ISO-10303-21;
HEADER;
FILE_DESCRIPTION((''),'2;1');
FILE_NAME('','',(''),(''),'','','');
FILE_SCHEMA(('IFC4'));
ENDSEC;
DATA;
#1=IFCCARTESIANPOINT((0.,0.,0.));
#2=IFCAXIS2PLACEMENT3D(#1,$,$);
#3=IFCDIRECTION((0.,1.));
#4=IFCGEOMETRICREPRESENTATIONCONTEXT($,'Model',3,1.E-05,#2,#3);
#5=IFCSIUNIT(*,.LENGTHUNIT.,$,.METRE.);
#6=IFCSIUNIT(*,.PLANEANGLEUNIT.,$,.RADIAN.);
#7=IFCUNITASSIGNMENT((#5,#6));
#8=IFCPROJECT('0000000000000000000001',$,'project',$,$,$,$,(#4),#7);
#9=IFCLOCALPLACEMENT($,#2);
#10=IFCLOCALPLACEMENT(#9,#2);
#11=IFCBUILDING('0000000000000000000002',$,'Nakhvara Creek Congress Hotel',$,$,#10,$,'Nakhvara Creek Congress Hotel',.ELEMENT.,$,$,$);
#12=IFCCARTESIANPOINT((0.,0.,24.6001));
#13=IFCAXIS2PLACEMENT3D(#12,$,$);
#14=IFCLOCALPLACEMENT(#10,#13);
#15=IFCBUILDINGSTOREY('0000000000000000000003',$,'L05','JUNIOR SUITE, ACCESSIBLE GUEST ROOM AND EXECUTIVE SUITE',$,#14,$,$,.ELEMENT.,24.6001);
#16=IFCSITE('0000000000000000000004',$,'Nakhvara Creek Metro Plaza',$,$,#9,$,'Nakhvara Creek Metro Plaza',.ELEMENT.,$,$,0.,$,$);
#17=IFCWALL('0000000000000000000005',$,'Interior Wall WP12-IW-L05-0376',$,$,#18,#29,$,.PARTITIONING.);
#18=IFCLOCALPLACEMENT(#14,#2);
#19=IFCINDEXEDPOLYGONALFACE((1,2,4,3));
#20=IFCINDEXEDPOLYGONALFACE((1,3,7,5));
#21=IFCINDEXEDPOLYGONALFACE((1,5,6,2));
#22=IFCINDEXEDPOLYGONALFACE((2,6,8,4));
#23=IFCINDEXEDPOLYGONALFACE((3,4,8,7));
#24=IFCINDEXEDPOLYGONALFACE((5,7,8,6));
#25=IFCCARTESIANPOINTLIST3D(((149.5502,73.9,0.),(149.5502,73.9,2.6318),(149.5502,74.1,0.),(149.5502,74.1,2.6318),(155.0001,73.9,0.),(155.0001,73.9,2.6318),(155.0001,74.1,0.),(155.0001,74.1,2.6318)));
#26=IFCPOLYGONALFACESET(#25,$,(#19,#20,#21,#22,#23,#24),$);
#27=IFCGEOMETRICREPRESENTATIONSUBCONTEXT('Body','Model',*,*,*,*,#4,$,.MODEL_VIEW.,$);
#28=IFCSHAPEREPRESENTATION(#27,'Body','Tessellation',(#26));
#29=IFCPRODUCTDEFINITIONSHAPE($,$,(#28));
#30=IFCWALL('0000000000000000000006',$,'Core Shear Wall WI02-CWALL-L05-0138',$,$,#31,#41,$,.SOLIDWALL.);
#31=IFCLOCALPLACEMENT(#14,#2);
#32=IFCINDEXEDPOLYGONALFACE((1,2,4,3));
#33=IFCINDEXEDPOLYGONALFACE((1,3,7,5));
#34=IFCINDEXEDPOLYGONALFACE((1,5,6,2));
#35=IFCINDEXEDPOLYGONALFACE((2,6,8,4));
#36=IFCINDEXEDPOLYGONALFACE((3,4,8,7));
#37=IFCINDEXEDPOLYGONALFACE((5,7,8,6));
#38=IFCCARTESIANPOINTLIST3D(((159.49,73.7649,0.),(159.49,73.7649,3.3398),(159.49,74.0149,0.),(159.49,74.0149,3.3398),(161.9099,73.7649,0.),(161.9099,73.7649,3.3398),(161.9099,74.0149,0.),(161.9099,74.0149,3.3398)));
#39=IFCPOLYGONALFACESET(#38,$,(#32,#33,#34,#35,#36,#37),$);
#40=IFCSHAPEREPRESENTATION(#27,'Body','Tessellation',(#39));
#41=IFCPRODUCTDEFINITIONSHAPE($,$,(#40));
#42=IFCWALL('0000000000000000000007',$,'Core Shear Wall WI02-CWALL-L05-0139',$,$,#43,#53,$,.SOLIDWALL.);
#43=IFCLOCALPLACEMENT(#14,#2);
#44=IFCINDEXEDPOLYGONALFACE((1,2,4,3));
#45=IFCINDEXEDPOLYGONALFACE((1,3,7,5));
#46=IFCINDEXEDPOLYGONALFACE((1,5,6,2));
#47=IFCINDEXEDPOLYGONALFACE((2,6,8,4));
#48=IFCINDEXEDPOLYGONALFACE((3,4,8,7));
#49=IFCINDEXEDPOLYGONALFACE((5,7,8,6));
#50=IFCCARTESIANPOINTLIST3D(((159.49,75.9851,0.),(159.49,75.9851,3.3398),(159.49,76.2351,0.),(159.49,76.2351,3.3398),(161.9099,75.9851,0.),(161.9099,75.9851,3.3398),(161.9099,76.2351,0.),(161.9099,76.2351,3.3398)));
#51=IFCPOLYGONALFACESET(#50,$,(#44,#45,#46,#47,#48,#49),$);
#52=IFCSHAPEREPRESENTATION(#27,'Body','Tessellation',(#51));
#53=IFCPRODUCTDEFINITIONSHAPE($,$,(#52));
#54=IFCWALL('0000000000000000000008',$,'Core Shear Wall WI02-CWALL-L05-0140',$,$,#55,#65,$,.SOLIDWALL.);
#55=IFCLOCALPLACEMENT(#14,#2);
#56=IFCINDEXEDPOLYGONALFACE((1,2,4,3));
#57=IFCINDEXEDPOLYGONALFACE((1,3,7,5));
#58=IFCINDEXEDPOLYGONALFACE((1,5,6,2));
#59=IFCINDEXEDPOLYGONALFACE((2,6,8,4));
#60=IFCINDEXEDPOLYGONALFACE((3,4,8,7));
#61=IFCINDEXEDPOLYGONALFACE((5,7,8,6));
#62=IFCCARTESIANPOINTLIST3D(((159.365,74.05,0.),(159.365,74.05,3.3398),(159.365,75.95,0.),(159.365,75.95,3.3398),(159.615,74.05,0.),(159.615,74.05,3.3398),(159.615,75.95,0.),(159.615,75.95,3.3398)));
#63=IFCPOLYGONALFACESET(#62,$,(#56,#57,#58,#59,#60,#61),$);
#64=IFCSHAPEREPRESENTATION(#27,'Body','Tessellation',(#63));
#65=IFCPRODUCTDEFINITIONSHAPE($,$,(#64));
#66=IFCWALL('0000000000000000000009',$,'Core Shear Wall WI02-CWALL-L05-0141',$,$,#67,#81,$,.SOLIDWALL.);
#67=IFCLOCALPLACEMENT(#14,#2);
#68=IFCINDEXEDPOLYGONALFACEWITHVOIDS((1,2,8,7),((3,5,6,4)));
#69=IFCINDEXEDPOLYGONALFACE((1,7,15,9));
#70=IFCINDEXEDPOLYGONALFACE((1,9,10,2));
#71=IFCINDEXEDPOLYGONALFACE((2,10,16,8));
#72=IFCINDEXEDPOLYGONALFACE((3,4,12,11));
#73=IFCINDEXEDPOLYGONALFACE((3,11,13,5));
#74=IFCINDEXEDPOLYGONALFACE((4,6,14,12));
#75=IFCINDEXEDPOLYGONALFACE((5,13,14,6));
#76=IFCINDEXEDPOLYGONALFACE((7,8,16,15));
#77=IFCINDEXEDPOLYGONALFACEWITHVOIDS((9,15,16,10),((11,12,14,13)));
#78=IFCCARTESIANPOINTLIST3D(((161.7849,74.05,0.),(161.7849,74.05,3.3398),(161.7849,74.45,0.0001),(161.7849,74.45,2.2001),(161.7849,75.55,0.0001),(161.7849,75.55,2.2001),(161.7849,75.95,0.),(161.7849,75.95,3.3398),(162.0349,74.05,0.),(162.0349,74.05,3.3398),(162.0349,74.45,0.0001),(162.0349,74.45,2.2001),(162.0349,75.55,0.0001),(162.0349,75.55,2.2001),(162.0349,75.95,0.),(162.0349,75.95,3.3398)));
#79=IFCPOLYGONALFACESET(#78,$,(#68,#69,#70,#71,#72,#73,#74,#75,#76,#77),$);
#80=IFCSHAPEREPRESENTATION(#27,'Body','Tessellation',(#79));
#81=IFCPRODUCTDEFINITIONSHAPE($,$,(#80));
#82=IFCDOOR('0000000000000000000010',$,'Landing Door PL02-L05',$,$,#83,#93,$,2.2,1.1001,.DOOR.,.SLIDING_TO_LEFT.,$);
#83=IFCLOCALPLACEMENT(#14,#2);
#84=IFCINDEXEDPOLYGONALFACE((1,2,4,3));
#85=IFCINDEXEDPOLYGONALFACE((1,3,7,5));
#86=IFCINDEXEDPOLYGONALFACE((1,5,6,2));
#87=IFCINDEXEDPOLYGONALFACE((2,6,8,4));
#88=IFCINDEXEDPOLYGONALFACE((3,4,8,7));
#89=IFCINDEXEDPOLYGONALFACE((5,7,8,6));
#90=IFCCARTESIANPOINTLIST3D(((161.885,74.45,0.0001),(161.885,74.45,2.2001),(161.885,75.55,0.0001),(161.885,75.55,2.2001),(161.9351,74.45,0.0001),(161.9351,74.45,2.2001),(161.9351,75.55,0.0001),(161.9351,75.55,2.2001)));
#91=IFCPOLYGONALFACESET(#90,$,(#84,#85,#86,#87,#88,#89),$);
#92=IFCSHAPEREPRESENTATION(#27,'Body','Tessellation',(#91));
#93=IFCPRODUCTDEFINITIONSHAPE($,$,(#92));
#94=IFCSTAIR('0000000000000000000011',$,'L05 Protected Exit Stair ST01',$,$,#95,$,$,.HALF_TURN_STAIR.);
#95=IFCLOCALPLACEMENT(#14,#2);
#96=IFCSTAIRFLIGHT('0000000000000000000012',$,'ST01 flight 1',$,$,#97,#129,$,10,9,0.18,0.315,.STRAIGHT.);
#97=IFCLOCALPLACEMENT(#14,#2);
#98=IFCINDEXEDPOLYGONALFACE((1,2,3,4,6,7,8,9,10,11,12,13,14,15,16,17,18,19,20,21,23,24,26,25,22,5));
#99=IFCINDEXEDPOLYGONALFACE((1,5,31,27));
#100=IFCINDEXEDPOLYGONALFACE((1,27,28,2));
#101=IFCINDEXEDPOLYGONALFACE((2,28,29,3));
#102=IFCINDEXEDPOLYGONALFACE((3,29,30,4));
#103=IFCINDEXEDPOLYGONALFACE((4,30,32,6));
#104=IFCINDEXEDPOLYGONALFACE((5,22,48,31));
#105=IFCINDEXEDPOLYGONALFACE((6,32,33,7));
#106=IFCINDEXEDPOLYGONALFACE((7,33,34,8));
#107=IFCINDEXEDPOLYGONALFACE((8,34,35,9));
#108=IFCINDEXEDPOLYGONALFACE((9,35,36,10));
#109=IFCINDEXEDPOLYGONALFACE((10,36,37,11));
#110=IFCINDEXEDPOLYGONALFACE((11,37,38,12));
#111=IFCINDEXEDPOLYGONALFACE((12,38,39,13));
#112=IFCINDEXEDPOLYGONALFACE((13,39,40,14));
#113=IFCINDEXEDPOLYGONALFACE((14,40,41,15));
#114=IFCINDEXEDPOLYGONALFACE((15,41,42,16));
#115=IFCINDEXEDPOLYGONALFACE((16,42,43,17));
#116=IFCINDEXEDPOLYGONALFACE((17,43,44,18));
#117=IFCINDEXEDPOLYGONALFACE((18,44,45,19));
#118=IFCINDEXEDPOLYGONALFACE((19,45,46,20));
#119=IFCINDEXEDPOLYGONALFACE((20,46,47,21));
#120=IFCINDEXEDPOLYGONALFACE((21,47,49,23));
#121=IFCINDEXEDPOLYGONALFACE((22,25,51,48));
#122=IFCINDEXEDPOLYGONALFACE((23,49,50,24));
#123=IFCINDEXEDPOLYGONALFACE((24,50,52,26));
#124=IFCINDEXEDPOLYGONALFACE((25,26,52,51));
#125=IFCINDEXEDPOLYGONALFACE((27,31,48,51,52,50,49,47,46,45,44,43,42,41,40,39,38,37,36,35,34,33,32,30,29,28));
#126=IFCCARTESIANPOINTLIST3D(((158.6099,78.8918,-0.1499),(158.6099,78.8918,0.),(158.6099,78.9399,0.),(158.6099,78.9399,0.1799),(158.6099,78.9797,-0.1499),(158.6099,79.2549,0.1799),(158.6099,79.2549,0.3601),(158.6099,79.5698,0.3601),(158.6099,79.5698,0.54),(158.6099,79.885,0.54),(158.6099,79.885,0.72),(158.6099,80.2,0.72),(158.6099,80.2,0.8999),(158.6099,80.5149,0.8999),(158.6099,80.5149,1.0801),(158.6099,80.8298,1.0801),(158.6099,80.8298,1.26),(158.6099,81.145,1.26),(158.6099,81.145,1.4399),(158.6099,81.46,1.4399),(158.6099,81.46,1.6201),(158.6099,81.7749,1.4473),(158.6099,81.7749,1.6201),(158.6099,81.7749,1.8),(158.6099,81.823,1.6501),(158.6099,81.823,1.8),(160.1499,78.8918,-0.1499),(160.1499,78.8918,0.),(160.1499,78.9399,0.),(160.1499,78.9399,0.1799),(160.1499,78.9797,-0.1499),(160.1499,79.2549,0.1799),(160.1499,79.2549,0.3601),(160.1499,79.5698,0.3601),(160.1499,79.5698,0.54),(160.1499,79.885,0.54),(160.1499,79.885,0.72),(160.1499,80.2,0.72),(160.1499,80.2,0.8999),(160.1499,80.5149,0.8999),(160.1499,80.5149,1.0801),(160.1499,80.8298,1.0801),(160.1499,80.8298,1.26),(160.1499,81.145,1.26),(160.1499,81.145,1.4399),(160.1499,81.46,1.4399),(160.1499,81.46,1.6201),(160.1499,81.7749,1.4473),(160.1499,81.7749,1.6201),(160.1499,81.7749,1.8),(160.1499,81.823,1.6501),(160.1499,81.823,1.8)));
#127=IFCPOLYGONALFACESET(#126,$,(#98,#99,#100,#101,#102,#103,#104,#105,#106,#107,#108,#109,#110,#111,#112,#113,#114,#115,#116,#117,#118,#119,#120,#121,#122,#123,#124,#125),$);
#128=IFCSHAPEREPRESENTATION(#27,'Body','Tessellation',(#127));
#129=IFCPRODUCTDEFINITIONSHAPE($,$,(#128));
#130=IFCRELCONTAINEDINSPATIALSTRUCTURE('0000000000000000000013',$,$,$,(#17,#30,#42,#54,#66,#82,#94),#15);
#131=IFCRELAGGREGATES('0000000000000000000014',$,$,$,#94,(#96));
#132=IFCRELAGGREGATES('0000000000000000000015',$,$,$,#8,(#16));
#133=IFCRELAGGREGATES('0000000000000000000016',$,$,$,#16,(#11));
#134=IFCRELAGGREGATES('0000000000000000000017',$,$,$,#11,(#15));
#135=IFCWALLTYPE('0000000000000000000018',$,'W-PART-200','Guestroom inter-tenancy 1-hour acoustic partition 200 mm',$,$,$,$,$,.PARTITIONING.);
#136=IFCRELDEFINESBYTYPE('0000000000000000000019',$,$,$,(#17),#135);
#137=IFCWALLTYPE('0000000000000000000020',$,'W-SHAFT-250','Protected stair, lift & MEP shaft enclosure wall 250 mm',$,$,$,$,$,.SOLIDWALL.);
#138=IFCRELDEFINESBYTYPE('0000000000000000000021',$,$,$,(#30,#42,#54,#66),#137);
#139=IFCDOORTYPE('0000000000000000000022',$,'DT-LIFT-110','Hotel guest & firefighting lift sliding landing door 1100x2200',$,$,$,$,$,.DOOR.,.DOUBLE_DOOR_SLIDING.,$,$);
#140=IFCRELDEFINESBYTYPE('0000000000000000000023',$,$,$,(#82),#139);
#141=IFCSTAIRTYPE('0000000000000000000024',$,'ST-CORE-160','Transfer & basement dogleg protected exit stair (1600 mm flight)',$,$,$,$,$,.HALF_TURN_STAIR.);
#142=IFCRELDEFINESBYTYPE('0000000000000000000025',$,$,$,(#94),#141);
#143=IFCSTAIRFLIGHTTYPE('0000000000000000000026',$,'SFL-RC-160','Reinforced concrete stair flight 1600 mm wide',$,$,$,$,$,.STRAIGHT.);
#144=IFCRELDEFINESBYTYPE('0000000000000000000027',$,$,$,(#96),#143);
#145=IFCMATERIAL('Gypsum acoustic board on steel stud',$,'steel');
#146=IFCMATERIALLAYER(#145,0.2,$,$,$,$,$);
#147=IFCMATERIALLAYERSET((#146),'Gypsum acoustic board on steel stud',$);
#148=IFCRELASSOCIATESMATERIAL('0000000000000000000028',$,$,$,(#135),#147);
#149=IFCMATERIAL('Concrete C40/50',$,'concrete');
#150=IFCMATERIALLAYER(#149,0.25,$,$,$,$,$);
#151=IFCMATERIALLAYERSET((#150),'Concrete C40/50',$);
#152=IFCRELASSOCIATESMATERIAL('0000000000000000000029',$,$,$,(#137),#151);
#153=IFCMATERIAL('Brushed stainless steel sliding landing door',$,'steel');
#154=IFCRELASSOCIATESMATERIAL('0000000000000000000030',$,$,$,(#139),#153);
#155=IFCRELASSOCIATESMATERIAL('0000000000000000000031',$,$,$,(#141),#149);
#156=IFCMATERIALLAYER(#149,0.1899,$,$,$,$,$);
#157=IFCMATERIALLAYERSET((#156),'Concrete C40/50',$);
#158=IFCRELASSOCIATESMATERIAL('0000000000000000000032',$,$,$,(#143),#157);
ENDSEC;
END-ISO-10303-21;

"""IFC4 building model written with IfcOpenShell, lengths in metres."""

from ifc_helpers import new_model, si_unit, direction, frame, frame_2d, origin, place, context, subcontext, project, spatial, polyline, rectangle, outline, extrude, material, layer, layer_set, type_object, element, fill, aggregate, save


model = new_model("IFC4")

# Units and contexts
model_context = context("Model", 3, precision=1e-05, world=origin(), true_north=direction((0.0, 1.0)))
body_context = subcontext(model_context, "Body", "Model", "MODEL_VIEW")
ifc_project = project(units=[si_unit("LENGTHUNIT", "METRE"), si_unit("PLANEANGLEUNIT", "RADIAN")], contexts=[model_context])

# Site, building, storey
site_placement = place(None, origin())
site = spatial("IfcSite", under=ifc_project, at=site_placement, Name="Nakhvara Creek Metro Plaza", LongName="Nakhvara Creek Metro Plaza", CompositionType="ELEMENT", RefElevation=0.0)
building_placement = place(site_placement, origin())
building = spatial("IfcBuilding", under=site, at=building_placement, Name="Nakhvara Creek Congress Hotel", LongName="Nakhvara Creek Congress Hotel", CompositionType="ELEMENT")
storey_placement = place(building_placement, frame((0.0, 0.0, 24.6001)))
storey = spatial("IfcBuildingStorey", under=building, at=storey_placement, Name="L05", Description="JUNIOR SUITE, ACCESSIBLE GUEST ROOM AND EXECUTIVE SUITE", CompositionType="ELEMENT", Elevation=24.6001)

# Shared definitions
ifc_material_1 = material(Name="Concrete C40/50", Category="concrete")

# Walls
ifc_material_2 = material(Name="Gypsum acoustic board on steel stud", Category="steel")
ifc_layer_1 = layer(ifc_material_2, 0.2)
ifc_layer_set_1 = layer_set([ifc_layer_1], Name="Gypsum acoustic board on steel stud")
wall_type_1 = type_object("IfcWallType", Name="W-PART-200", Description="Guestroom inter-tenancy 1-hour acoustic partition 200 mm", PredefinedType="PARTITIONING", material=ifc_layer_set_1)
wall_1_placement = place(storey_placement, frame((149.55, 74.0, 0.0), z_axis=(0.0, 0.0, 1.0), x_axis=(1.0, 0.0, 0.0)))
element("IfcWall", 1, at=wall_1_placement, inside=storey, type_object=wall_type_1, Name="Interior Wall WP12-IW-L05-0376", PredefinedType="PARTITIONING", context=body_context, shape_type="SweptSolid", body=[
    extrude(rectangle(XDim=5.45, YDim=0.2, at=frame_2d((2.7251, 0.0))), origin(), (0.0, 0.0, 1.0), 2.6318),
])
ifc_layer_2 = layer(ifc_material_1, 0.25)
ifc_layer_set_2 = layer_set([ifc_layer_2], Name="Concrete C40/50")
wall_type_2 = type_object("IfcWallType", Name="W-SHAFT-250", Description="Protected stair, lift & MEP shaft enclosure wall 250 mm", PredefinedType="SOLIDWALL", material=ifc_layer_set_2)
for number, where, z_axis, x_axis, name in (
    (2, (159.49, 73.8899, 0.0), (0.0, 0.0, 1.0), (1.0, 0.0, 0.0), "Core Shear Wall WI02-CWALL-L05-0138"),
    (3, (159.49, 76.1101, 0.0), (0.0, 0.0, 1.0), (1.0, 0.0, 0.0), "Core Shear Wall WI02-CWALL-L05-0139"),
):
    element("IfcWall", number, at=place(storey_placement, frame(where, z_axis=z_axis, x_axis=x_axis)), inside=storey, type_object=wall_type_2, Name=name, PredefinedType="SOLIDWALL", context=body_context, shape_type="SweptSolid", body=[
        extrude(rectangle(XDim=2.4199, YDim=0.25, at=frame_2d((1.21, 0.0))), origin(), (0.0, 0.0, 1.0), 3.3398),
    ])
wall_2_placement = place(storey_placement, frame((159.49, 74.05, 0.0), z_axis=(0.0, 0.0, 1.0), x_axis=(0.0, 1.0, 0.0)))
element("IfcWall", 4, at=wall_2_placement, inside=storey, type_object=wall_type_2, Name="Core Shear Wall WI02-CWALL-L05-0140", PredefinedType="SOLIDWALL", context=body_context, shape_type="SweptSolid", body=[
    extrude(rectangle(XDim=1.8999, YDim=0.25, at=frame_2d((0.95, 0.0))), origin(), (0.0, 0.0, 1.0), 3.3398),
])

# Wall, opening, door
wall_3_placement = place(storey_placement, frame((161.9099, 74.05, 0.0), z_axis=(0.0, 0.0, 1.0), x_axis=(0.0, 1.0, 0.0)))
wall_3 = element("IfcWall", 5, at=wall_3_placement, inside=storey, type_object=wall_type_2, Name="Core Shear Wall WI02-CWALL-L05-0141", PredefinedType="SOLIDWALL", context=body_context, shape_type="SweptSolid", body=[
    extrude(rectangle(XDim=1.8999, YDim=0.25, at=frame_2d((0.95, 0.0))), origin(), (0.0, 0.0, 1.0), 3.3398),
])
opening_1_placement = place(wall_3_placement, frame((0.3999, 0.0, 0.0)))
opening_1 = element("IfcOpeningElement", 6, at=opening_1_placement, cuts=wall_3, PredefinedType="OPENING", context=body_context, shape_type="SweptSolid", body=[
    extrude(rectangle(XDim=1.1001, YDim=2.2, at=frame_2d((0.55, 1.1001))), frame((0.0, 0.137, 0.0), z_axis=(0.0, -1.0, 0.0), x_axis=(1.0, 0.0, 0.0)), (0.0, 0.0, 1.0), 0.2739),
])
ifc_material_3 = material(Name="Brushed stainless steel sliding landing door", Category="steel")
door_type_1 = type_object("IfcDoorType", Name="DT-LIFT-110", Description="Hotel guest & firefighting lift sliding landing door 1100x2200", OperationType="DOUBLE_DOOR_SLIDING", PredefinedType="DOOR", material=ifc_material_3)
door_1_placement = place(opening_1_placement, origin())
door_1 = element("IfcDoor", 7, at=door_1_placement, inside=storey, type_object=door_type_1, Name="Landing Door PL02-L05", OperationType="SLIDING_TO_LEFT", OverallHeight=2.2, OverallWidth=1.1001, PredefinedType="DOOR", context=body_context, shape_type="SweptSolid", body=[
    extrude(rectangle(XDim=1.1001, YDim=2.2, at=frame_2d((0.55, 1.1001))), frame((0.0, 0.0249, 0.0), z_axis=(0.0, -1.0, 0.0), x_axis=(1.0, 0.0, 0.0)), (0.0, 0.0, 1.0), 0.05),
])
fill(opening_1, door_1)

# Stair, stair flight
stair_type = type_object("IfcStairType", Name="ST-CORE-160", Description="Transfer & basement dogleg protected exit stair (1600 mm flight)", PredefinedType="HALF_TURN_STAIR", material=ifc_material_1)
stair_placement = place(storey_placement, origin())
stair = element("IfcStair", 8, at=stair_placement, inside=storey, type_object=stair_type, Name="L05 Protected Exit Stair ST01", PredefinedType="HALF_TURN_STAIR")
ifc_layer_3 = layer(ifc_material_1, 0.1899)
ifc_layer_set_3 = layer_set([ifc_layer_3], Name="Concrete C40/50")
stair_flight_type = type_object("IfcStairFlightType", Name="SFL-RC-160", Description="Reinforced concrete stair flight 1600 mm wide", PredefinedType="STRAIGHT", material=ifc_layer_set_3)
stair_flight_placement = place(storey_placement, frame((159.3799, 78.9399, 0.0), z_axis=(0.0, 0.0, 1.0), x_axis=(0.0, 1.0, 0.0)))
stair_flight = element("IfcStairFlight", 9, at=stair_flight_placement, type_object=stair_flight_type, Name="ST01 flight 1", NumberOfRisers=10, NumberOfTreads=9, PredefinedType="STRAIGHT", RiserHeight=0.18, TreadLength=0.315, context=body_context, shape_type="SweptSolid", body=[
    extrude(outline(polyline([(-0.0481, 0.0), (0.0, 0.0), (0.0, 0.1799), (0.3149, 0.1799), (0.3149, 0.3601), (0.6299, 0.3601), (0.6299, 0.54), (0.9451, 0.54), (0.9451, 0.72), (1.26, 0.72), (1.26, 0.8999), (1.575, 0.8999), (1.575, 1.0801), (1.8899, 1.0801), (1.8899, 1.26), (2.2051, 1.26), (2.2051, 1.4399), (2.52, 1.4399), (2.52, 1.6201), (2.835, 1.6201), (2.835, 1.8), (2.8831, 1.8), (2.8831, 1.6501), (2.835, 1.4473), (0.0398, -0.1499), (-0.0481, -0.1499), (-0.0481, 0.0)])), frame((0.0, 0.77, 0.0), z_axis=(0.0, -1.0, 0.0), x_axis=(1.0, 0.0, 0.0)), (0.0, 0.0, 1.0), 1.54),
])
aggregate(stair, [stair_flight])

save(model, "model.ifc")
